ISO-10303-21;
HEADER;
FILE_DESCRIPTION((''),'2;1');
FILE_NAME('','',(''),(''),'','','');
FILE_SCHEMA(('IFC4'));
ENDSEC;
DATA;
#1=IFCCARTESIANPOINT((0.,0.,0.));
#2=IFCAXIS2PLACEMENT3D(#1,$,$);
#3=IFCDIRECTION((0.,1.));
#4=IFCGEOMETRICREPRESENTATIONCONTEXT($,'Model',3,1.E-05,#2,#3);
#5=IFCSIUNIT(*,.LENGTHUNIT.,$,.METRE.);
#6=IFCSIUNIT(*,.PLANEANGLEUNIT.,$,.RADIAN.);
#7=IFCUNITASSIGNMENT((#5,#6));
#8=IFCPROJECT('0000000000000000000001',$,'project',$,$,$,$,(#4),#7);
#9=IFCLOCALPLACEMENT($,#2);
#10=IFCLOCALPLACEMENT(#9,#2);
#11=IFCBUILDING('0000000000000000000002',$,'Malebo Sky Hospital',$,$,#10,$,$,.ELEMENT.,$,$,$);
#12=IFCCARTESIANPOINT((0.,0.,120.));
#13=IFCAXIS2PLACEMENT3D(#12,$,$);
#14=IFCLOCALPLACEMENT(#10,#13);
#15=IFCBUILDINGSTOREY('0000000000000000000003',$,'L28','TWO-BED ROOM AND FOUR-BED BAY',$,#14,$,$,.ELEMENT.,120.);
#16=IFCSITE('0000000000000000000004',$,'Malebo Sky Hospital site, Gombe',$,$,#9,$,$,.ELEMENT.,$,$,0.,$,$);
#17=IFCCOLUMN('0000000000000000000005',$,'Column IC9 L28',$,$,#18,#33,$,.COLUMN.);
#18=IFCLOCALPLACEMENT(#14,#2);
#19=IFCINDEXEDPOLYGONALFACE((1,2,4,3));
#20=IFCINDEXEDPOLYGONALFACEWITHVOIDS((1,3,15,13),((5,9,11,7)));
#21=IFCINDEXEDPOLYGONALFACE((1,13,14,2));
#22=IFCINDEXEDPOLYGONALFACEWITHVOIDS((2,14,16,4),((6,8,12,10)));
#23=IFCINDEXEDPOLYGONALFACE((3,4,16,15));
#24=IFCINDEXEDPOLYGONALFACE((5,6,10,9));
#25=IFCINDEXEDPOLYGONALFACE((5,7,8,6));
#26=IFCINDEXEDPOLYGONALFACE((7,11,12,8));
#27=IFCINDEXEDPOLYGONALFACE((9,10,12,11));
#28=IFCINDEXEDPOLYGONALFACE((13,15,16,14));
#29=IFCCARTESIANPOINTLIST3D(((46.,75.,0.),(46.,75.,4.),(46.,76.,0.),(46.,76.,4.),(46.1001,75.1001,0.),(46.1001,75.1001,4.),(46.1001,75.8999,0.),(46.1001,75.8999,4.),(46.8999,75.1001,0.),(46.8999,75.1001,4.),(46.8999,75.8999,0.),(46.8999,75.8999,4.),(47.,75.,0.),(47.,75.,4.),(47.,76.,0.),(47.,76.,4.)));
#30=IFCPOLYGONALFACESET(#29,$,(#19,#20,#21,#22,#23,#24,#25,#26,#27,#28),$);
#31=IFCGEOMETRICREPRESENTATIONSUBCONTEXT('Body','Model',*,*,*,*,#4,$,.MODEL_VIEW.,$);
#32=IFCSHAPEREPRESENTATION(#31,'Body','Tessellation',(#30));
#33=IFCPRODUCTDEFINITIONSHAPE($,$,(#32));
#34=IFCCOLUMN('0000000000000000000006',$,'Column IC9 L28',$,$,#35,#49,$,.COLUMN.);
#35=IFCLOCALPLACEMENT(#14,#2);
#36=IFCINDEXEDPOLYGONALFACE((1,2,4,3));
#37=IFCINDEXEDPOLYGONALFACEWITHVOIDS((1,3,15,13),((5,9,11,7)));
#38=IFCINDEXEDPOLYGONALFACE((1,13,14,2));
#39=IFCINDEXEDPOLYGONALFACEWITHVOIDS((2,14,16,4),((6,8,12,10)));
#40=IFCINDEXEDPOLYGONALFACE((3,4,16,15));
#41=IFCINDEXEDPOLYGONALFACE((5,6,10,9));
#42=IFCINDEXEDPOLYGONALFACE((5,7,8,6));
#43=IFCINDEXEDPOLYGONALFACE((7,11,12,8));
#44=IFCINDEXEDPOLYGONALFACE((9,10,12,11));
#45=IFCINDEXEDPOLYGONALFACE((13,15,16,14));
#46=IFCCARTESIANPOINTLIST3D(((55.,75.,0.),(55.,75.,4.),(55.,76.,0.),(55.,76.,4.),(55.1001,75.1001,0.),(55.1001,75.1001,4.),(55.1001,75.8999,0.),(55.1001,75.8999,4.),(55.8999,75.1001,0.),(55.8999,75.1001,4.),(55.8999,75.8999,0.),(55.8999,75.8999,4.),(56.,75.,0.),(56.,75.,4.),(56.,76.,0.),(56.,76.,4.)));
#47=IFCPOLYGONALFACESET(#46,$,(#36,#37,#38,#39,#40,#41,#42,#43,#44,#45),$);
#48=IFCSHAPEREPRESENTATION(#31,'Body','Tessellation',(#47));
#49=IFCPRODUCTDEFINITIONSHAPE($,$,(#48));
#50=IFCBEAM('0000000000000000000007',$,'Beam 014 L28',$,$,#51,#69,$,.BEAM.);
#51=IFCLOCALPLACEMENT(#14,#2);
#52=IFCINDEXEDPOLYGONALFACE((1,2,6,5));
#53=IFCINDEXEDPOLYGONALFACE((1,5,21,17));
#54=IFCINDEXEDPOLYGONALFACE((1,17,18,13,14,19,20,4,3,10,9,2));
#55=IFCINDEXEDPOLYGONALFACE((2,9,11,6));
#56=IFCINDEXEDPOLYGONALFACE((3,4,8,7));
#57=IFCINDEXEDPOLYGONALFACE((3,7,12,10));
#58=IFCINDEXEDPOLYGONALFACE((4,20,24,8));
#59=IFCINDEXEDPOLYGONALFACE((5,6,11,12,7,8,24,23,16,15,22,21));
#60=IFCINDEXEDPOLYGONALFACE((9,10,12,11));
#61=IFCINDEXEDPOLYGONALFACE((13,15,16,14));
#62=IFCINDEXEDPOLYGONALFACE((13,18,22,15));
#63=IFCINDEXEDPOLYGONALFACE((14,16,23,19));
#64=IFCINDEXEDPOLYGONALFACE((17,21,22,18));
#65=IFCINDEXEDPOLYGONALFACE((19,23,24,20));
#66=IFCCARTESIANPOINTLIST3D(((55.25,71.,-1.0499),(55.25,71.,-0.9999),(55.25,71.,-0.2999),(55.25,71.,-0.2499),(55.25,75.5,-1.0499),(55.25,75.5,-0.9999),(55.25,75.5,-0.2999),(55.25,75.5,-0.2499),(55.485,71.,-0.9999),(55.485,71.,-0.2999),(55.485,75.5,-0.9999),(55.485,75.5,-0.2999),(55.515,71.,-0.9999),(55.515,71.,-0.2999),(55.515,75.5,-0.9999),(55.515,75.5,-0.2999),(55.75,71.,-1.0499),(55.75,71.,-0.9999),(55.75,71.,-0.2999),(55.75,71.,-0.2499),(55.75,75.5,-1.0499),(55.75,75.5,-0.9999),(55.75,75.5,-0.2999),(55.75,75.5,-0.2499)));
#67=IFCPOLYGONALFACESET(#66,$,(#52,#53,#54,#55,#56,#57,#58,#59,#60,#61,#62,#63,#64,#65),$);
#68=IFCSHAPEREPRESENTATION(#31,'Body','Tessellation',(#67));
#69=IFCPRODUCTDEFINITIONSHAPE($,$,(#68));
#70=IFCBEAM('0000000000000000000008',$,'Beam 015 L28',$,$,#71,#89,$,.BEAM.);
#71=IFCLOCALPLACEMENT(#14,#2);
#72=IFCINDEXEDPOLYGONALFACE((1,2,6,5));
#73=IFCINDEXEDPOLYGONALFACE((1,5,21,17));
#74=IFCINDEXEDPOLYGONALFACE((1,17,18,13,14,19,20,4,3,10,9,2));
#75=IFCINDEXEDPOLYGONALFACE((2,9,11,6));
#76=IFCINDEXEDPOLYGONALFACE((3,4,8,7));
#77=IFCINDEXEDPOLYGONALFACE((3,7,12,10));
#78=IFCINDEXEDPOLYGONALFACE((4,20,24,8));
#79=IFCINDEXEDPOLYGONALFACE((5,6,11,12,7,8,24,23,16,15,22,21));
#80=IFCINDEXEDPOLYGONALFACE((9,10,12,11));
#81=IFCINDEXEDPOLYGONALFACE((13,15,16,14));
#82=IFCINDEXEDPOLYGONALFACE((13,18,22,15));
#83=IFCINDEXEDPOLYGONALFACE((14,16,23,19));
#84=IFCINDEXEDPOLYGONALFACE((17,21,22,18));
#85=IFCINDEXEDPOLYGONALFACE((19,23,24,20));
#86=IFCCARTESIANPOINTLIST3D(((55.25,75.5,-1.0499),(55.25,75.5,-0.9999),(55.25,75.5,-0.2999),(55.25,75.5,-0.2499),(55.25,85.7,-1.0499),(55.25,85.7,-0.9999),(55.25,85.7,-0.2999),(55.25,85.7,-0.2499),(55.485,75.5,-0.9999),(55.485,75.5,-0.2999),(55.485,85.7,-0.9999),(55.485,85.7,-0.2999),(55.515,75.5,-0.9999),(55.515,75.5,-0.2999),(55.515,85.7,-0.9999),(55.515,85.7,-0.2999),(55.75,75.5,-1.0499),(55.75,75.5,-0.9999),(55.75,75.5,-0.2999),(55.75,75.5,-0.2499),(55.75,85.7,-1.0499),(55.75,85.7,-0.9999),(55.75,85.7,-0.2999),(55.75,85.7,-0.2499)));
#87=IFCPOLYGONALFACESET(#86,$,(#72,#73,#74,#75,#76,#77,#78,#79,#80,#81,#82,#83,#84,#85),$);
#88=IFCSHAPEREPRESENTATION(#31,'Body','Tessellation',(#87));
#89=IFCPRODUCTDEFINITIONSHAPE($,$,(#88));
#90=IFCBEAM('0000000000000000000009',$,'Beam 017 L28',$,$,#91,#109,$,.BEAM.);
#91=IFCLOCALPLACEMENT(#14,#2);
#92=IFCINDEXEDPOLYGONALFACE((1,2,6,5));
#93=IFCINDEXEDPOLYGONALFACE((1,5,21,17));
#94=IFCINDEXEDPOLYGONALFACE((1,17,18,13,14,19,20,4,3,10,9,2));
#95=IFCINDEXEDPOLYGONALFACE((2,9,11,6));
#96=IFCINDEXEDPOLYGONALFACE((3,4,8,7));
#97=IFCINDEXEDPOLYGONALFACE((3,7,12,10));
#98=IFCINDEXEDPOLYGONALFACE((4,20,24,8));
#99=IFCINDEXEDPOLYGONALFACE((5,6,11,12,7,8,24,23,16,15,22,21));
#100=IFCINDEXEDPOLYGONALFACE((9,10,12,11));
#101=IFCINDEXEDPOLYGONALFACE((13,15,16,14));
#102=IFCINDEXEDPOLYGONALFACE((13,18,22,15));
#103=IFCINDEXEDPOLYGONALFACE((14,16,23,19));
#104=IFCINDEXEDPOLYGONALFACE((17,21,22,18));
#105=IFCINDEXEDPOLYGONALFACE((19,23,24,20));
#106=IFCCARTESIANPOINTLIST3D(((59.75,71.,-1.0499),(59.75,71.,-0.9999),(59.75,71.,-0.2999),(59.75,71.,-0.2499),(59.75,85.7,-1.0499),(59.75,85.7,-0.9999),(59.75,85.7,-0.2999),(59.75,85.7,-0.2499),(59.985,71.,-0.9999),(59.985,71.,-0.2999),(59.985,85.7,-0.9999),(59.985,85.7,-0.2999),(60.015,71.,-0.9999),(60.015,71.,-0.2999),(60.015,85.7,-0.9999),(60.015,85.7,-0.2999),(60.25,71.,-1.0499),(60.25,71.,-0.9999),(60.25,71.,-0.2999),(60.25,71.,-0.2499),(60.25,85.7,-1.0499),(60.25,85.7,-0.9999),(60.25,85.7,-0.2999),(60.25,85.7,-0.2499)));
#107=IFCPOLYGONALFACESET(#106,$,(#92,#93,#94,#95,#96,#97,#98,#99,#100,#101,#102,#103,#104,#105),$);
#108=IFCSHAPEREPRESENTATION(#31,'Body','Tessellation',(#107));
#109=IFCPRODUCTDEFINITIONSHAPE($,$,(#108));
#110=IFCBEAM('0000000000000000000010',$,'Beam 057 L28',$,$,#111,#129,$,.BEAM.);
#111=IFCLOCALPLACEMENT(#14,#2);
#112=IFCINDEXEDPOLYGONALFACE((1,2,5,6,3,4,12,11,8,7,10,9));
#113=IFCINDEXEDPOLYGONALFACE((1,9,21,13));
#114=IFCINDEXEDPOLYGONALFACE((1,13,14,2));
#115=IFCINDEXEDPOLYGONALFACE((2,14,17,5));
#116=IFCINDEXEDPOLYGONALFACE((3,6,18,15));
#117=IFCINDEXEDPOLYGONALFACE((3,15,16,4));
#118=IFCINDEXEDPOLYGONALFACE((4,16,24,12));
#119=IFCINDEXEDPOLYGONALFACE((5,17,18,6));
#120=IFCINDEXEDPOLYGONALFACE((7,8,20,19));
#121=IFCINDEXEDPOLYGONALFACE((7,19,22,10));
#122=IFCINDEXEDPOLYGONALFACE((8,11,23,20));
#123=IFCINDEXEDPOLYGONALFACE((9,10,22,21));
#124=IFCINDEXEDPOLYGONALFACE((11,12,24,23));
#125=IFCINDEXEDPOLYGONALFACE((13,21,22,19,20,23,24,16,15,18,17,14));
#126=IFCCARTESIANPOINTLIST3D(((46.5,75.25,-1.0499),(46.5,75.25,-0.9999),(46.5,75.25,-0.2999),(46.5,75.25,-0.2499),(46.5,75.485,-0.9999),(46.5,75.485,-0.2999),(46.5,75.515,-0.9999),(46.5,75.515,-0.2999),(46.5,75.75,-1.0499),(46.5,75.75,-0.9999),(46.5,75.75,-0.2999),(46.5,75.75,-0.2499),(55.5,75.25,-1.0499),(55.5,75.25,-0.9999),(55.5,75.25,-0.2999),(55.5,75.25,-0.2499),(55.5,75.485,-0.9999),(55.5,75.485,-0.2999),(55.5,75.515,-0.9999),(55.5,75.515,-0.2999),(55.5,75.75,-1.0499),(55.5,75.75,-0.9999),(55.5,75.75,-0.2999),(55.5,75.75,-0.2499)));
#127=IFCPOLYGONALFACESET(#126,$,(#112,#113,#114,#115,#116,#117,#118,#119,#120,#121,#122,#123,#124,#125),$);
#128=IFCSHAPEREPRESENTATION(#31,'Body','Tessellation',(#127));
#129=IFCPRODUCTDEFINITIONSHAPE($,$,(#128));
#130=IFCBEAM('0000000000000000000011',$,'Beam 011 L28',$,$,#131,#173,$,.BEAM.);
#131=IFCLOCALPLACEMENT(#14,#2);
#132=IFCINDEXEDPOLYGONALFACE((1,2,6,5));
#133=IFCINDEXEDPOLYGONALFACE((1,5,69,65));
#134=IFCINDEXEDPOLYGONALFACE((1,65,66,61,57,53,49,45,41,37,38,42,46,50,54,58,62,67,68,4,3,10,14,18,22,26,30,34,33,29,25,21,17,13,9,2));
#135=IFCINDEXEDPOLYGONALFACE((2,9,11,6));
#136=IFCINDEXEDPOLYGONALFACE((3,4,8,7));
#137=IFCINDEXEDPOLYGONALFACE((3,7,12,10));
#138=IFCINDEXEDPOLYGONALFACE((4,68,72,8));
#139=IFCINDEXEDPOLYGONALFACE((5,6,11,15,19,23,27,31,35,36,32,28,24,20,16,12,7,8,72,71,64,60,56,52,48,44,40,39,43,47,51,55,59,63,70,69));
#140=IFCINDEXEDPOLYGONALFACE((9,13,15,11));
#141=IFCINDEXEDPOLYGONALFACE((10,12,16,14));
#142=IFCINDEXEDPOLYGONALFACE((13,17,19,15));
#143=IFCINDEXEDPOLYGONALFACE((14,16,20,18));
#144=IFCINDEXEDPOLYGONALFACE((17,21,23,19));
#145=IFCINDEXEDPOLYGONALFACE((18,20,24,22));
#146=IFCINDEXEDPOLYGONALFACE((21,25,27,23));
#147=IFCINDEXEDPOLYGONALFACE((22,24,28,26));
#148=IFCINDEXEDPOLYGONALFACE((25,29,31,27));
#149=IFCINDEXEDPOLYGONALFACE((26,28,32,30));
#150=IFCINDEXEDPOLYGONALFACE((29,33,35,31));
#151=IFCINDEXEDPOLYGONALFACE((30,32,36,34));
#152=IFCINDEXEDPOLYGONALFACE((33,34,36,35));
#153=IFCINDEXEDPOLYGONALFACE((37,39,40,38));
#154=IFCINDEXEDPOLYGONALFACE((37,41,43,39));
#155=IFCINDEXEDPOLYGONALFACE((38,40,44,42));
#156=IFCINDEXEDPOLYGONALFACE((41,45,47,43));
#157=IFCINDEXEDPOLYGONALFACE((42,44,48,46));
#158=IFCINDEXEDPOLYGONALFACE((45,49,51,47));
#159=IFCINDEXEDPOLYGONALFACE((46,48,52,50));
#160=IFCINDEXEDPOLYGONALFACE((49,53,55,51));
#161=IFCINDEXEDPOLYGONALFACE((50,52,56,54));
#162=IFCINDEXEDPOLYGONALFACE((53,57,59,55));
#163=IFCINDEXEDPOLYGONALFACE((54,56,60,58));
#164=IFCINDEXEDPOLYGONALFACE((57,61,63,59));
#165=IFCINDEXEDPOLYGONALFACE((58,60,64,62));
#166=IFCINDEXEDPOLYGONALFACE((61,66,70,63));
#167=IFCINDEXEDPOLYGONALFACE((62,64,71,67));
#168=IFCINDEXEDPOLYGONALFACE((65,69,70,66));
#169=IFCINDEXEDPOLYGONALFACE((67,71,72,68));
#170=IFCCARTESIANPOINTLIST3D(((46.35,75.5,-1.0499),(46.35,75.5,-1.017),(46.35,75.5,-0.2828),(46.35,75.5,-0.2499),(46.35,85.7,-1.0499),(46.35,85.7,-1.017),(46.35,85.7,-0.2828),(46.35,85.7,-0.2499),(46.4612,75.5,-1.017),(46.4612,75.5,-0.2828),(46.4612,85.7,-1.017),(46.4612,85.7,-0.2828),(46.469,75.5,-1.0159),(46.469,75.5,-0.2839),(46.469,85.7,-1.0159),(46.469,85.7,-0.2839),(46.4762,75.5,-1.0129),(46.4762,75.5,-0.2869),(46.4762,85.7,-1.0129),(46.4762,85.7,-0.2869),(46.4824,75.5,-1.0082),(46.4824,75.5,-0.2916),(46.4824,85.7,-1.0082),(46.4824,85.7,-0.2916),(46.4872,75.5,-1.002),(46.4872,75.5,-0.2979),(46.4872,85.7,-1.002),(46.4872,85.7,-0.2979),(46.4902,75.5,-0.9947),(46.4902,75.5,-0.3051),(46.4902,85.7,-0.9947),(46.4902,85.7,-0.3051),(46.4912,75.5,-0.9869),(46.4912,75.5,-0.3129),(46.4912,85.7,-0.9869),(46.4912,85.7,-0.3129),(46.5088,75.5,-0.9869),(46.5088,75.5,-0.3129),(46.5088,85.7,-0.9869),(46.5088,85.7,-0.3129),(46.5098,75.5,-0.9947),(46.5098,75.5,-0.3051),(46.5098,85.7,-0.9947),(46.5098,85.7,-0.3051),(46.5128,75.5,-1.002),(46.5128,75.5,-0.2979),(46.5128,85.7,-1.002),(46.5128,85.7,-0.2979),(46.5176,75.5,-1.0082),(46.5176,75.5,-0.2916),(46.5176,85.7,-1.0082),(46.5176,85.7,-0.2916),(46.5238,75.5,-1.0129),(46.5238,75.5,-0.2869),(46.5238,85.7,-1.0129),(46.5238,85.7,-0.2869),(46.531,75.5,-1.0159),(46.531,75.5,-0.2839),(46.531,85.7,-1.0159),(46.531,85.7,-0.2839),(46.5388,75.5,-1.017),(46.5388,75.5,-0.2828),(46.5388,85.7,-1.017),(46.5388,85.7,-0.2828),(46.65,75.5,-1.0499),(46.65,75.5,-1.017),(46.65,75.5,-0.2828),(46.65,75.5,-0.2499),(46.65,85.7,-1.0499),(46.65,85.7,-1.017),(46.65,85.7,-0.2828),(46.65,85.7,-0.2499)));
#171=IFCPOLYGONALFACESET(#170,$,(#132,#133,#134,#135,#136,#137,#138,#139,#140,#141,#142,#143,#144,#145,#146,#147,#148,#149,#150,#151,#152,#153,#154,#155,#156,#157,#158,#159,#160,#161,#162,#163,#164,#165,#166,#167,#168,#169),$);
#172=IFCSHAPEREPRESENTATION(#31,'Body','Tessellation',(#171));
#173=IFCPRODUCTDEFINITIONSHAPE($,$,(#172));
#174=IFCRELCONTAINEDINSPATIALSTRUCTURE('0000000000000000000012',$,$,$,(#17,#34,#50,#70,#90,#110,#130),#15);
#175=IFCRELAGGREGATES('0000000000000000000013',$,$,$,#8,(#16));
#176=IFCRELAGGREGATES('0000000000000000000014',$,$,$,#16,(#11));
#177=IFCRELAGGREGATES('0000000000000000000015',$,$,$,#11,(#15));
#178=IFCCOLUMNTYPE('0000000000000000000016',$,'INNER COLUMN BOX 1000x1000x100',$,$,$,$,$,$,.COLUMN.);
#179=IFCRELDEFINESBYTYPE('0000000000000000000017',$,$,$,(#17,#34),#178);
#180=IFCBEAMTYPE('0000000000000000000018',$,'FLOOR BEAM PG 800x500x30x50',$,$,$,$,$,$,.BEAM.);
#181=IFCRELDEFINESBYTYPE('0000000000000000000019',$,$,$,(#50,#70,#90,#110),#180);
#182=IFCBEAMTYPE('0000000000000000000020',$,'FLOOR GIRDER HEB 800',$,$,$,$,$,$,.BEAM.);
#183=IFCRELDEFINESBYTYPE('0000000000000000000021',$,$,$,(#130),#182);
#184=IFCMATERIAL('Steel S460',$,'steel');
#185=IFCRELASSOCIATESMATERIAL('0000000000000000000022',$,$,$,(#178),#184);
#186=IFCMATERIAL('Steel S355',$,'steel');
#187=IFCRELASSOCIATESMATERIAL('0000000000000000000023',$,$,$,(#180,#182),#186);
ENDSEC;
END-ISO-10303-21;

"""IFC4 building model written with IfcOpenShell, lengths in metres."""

from ifc_helpers import new_model, si_unit, direction, frame, origin, origin_2d, place, context, subcontext, project, spatial, hollow_rectangle, i_section, extrude, material, material_profile, profile_set, type_object, element, save


model = new_model("IFC4")

# Units and contexts
model_context = context("Model", 3, precision=1e-05, world=origin(), true_north=direction((0.0, 1.0)))
body_context = subcontext(model_context, "Body", "Model", "MODEL_VIEW")
ifc_project = project(units=[si_unit("LENGTHUNIT", "METRE"), si_unit("PLANEANGLEUNIT", "RADIAN")], contexts=[model_context])

# Site, building, storey
site_placement = place(None, origin())
site = spatial("IfcSite", under=ifc_project, at=site_placement, Name="Malebo Sky Hospital site, Gombe", CompositionType="ELEMENT", RefElevation=0.0)
building_placement = place(site_placement, origin())
building = spatial("IfcBuilding", under=site, at=building_placement, Name="Malebo Sky Hospital", CompositionType="ELEMENT")
storey_placement = place(building_placement, frame((0.0, 0.0, 120.0)))
storey = spatial("IfcBuildingStorey", under=building, at=storey_placement, Name="L28", Description="TWO-BED ROOM AND FOUR-BED BAY", CompositionType="ELEMENT", Elevation=120.0)

# Columns
ifc_material_1 = material(Name="Steel S460", Category="steel")
ifc_material_profile_1 = material_profile(ifc_material_1, hollow_rectangle(XDim=1.0, YDim=1.0, WallThickness=0.1001, at=origin_2d()), Name="BOX 1000x1000x100")
ifc_profile_set_1 = profile_set([ifc_material_profile_1], Name="Steel S460")
column_type = type_object("IfcColumnType", Name="INNER COLUMN BOX 1000x1000x100", PredefinedType="COLUMN", material=ifc_profile_set_1)
for number, where, z_axis, x_axis, name in (
    (1, (46.5, 75.5, 0.0), (0.0, 0.0, 1.0), (1.0, 0.0, 0.0), "Column IC9 L28"),
    (2, (55.5, 75.5, 0.0), (0.0, 0.0, 1.0), (1.0, 0.0, 0.0), "Column IC9 L28"),
):
    element("IfcColumn", number, at=place(storey_placement, frame(where, z_axis=z_axis, x_axis=x_axis)), inside=storey, type_object=column_type, Name=name, PredefinedType="COLUMN", context=body_context, shape_type="SweptSolid", body=[
        extrude(hollow_rectangle(XDim=1.0, YDim=1.0, WallThickness=0.1001, at=origin_2d()), origin(), (0.0, 0.0, 1.0), 4.0),
    ])

# Beams
ifc_material_2 = material(Name="Steel S355", Category="steel")
ifc_material_profile_2 = material_profile(ifc_material_2, i_section(OverallWidth=0.5, OverallDepth=0.8, WebThickness=0.03, FlangeThickness=0.05, at=origin_2d()), Name="PG 800x500x30x50")
ifc_profile_set_2 = profile_set([ifc_material_profile_2], Name="Steel S355")
beam_type_1 = type_object("IfcBeamType", Name="FLOOR BEAM PG 800x500x30x50", PredefinedType="BEAM", material=ifc_profile_set_2)
beam_1_placement = place(storey_placement, frame((55.5, 71.0, -0.6499), z_axis=(0.0, 1.0, 0.0), x_axis=(-1.0, 0.0, 0.0)))
element("IfcBeam", 3, at=beam_1_placement, inside=storey, type_object=beam_type_1, Name="Beam 014 L28", PredefinedType="BEAM", context=body_context, shape_type="SweptSolid", body=[
    extrude(i_section(OverallWidth=0.5, OverallDepth=0.8, WebThickness=0.03, FlangeThickness=0.05, at=origin_2d()), origin(), (0.0, 0.0, 1.0), 4.5),
])
beam_2_placement = place(storey_placement, frame((55.5, 75.5, -0.6499), z_axis=(0.0, 1.0, 0.0), x_axis=(-1.0, 0.0, 0.0)))
element("IfcBeam", 4, at=beam_2_placement, inside=storey, type_object=beam_type_1, Name="Beam 015 L28", PredefinedType="BEAM", context=body_context, shape_type="SweptSolid", body=[
    extrude(i_section(OverallWidth=0.5, OverallDepth=0.8, WebThickness=0.03, FlangeThickness=0.05, at=origin_2d()), origin(), (0.0, 0.0, 1.0), 10.2),
])
beam_3_placement = place(storey_placement, frame((60.0, 71.0, -0.6499), z_axis=(0.0, 1.0, 0.0), x_axis=(-1.0, 0.0, 0.0)))
element("IfcBeam", 5, at=beam_3_placement, inside=storey, type_object=beam_type_1, Name="Beam 017 L28", PredefinedType="BEAM", context=body_context, shape_type="SweptSolid", body=[
    extrude(i_section(OverallWidth=0.5, OverallDepth=0.8, WebThickness=0.03, FlangeThickness=0.05, at=origin_2d()), origin(), (0.0, 0.0, 1.0), 14.7),
])
beam_4_placement = place(storey_placement, frame((46.5, 75.5, -0.6499), z_axis=(1.0, 0.0, 0.0), x_axis=(0.0, 1.0, 0.0)))
element("IfcBeam", 6, at=beam_4_placement, inside=storey, type_object=beam_type_1, Name="Beam 057 L28", PredefinedType="BEAM", context=body_context, shape_type="SweptSolid", body=[
    extrude(i_section(OverallWidth=0.5, OverallDepth=0.8, WebThickness=0.03, FlangeThickness=0.05, at=origin_2d()), origin(), (0.0, 0.0, 1.0), 9.0),
])
ifc_material_profile_3 = material_profile(ifc_material_2, i_section(OverallWidth=0.3, OverallDepth=0.8, WebThickness=0.0176, FlangeThickness=0.033, FilletRadius=0.03, at=origin_2d()), Name="HEB 800")
ifc_profile_set_3 = profile_set([ifc_material_profile_3], Name="Steel S355")
beam_type_2 = type_object("IfcBeamType", Name="FLOOR GIRDER HEB 800", PredefinedType="BEAM", material=ifc_profile_set_3)
beam_5_placement = place(storey_placement, frame((46.5, 75.5, -0.6499), z_axis=(0.0, 1.0, 0.0), x_axis=(-1.0, 0.0, 0.0)))
element("IfcBeam", 7, at=beam_5_placement, inside=storey, type_object=beam_type_2, Name="Beam 011 L28", PredefinedType="BEAM", context=body_context, shape_type="SweptSolid", body=[
    extrude(i_section(OverallWidth=0.3, OverallDepth=0.8, WebThickness=0.0176, FlangeThickness=0.033, FilletRadius=0.03, at=origin_2d()), origin(), (0.0, 0.0, 1.0), 10.2),
])

save(model, "model.ifc")
